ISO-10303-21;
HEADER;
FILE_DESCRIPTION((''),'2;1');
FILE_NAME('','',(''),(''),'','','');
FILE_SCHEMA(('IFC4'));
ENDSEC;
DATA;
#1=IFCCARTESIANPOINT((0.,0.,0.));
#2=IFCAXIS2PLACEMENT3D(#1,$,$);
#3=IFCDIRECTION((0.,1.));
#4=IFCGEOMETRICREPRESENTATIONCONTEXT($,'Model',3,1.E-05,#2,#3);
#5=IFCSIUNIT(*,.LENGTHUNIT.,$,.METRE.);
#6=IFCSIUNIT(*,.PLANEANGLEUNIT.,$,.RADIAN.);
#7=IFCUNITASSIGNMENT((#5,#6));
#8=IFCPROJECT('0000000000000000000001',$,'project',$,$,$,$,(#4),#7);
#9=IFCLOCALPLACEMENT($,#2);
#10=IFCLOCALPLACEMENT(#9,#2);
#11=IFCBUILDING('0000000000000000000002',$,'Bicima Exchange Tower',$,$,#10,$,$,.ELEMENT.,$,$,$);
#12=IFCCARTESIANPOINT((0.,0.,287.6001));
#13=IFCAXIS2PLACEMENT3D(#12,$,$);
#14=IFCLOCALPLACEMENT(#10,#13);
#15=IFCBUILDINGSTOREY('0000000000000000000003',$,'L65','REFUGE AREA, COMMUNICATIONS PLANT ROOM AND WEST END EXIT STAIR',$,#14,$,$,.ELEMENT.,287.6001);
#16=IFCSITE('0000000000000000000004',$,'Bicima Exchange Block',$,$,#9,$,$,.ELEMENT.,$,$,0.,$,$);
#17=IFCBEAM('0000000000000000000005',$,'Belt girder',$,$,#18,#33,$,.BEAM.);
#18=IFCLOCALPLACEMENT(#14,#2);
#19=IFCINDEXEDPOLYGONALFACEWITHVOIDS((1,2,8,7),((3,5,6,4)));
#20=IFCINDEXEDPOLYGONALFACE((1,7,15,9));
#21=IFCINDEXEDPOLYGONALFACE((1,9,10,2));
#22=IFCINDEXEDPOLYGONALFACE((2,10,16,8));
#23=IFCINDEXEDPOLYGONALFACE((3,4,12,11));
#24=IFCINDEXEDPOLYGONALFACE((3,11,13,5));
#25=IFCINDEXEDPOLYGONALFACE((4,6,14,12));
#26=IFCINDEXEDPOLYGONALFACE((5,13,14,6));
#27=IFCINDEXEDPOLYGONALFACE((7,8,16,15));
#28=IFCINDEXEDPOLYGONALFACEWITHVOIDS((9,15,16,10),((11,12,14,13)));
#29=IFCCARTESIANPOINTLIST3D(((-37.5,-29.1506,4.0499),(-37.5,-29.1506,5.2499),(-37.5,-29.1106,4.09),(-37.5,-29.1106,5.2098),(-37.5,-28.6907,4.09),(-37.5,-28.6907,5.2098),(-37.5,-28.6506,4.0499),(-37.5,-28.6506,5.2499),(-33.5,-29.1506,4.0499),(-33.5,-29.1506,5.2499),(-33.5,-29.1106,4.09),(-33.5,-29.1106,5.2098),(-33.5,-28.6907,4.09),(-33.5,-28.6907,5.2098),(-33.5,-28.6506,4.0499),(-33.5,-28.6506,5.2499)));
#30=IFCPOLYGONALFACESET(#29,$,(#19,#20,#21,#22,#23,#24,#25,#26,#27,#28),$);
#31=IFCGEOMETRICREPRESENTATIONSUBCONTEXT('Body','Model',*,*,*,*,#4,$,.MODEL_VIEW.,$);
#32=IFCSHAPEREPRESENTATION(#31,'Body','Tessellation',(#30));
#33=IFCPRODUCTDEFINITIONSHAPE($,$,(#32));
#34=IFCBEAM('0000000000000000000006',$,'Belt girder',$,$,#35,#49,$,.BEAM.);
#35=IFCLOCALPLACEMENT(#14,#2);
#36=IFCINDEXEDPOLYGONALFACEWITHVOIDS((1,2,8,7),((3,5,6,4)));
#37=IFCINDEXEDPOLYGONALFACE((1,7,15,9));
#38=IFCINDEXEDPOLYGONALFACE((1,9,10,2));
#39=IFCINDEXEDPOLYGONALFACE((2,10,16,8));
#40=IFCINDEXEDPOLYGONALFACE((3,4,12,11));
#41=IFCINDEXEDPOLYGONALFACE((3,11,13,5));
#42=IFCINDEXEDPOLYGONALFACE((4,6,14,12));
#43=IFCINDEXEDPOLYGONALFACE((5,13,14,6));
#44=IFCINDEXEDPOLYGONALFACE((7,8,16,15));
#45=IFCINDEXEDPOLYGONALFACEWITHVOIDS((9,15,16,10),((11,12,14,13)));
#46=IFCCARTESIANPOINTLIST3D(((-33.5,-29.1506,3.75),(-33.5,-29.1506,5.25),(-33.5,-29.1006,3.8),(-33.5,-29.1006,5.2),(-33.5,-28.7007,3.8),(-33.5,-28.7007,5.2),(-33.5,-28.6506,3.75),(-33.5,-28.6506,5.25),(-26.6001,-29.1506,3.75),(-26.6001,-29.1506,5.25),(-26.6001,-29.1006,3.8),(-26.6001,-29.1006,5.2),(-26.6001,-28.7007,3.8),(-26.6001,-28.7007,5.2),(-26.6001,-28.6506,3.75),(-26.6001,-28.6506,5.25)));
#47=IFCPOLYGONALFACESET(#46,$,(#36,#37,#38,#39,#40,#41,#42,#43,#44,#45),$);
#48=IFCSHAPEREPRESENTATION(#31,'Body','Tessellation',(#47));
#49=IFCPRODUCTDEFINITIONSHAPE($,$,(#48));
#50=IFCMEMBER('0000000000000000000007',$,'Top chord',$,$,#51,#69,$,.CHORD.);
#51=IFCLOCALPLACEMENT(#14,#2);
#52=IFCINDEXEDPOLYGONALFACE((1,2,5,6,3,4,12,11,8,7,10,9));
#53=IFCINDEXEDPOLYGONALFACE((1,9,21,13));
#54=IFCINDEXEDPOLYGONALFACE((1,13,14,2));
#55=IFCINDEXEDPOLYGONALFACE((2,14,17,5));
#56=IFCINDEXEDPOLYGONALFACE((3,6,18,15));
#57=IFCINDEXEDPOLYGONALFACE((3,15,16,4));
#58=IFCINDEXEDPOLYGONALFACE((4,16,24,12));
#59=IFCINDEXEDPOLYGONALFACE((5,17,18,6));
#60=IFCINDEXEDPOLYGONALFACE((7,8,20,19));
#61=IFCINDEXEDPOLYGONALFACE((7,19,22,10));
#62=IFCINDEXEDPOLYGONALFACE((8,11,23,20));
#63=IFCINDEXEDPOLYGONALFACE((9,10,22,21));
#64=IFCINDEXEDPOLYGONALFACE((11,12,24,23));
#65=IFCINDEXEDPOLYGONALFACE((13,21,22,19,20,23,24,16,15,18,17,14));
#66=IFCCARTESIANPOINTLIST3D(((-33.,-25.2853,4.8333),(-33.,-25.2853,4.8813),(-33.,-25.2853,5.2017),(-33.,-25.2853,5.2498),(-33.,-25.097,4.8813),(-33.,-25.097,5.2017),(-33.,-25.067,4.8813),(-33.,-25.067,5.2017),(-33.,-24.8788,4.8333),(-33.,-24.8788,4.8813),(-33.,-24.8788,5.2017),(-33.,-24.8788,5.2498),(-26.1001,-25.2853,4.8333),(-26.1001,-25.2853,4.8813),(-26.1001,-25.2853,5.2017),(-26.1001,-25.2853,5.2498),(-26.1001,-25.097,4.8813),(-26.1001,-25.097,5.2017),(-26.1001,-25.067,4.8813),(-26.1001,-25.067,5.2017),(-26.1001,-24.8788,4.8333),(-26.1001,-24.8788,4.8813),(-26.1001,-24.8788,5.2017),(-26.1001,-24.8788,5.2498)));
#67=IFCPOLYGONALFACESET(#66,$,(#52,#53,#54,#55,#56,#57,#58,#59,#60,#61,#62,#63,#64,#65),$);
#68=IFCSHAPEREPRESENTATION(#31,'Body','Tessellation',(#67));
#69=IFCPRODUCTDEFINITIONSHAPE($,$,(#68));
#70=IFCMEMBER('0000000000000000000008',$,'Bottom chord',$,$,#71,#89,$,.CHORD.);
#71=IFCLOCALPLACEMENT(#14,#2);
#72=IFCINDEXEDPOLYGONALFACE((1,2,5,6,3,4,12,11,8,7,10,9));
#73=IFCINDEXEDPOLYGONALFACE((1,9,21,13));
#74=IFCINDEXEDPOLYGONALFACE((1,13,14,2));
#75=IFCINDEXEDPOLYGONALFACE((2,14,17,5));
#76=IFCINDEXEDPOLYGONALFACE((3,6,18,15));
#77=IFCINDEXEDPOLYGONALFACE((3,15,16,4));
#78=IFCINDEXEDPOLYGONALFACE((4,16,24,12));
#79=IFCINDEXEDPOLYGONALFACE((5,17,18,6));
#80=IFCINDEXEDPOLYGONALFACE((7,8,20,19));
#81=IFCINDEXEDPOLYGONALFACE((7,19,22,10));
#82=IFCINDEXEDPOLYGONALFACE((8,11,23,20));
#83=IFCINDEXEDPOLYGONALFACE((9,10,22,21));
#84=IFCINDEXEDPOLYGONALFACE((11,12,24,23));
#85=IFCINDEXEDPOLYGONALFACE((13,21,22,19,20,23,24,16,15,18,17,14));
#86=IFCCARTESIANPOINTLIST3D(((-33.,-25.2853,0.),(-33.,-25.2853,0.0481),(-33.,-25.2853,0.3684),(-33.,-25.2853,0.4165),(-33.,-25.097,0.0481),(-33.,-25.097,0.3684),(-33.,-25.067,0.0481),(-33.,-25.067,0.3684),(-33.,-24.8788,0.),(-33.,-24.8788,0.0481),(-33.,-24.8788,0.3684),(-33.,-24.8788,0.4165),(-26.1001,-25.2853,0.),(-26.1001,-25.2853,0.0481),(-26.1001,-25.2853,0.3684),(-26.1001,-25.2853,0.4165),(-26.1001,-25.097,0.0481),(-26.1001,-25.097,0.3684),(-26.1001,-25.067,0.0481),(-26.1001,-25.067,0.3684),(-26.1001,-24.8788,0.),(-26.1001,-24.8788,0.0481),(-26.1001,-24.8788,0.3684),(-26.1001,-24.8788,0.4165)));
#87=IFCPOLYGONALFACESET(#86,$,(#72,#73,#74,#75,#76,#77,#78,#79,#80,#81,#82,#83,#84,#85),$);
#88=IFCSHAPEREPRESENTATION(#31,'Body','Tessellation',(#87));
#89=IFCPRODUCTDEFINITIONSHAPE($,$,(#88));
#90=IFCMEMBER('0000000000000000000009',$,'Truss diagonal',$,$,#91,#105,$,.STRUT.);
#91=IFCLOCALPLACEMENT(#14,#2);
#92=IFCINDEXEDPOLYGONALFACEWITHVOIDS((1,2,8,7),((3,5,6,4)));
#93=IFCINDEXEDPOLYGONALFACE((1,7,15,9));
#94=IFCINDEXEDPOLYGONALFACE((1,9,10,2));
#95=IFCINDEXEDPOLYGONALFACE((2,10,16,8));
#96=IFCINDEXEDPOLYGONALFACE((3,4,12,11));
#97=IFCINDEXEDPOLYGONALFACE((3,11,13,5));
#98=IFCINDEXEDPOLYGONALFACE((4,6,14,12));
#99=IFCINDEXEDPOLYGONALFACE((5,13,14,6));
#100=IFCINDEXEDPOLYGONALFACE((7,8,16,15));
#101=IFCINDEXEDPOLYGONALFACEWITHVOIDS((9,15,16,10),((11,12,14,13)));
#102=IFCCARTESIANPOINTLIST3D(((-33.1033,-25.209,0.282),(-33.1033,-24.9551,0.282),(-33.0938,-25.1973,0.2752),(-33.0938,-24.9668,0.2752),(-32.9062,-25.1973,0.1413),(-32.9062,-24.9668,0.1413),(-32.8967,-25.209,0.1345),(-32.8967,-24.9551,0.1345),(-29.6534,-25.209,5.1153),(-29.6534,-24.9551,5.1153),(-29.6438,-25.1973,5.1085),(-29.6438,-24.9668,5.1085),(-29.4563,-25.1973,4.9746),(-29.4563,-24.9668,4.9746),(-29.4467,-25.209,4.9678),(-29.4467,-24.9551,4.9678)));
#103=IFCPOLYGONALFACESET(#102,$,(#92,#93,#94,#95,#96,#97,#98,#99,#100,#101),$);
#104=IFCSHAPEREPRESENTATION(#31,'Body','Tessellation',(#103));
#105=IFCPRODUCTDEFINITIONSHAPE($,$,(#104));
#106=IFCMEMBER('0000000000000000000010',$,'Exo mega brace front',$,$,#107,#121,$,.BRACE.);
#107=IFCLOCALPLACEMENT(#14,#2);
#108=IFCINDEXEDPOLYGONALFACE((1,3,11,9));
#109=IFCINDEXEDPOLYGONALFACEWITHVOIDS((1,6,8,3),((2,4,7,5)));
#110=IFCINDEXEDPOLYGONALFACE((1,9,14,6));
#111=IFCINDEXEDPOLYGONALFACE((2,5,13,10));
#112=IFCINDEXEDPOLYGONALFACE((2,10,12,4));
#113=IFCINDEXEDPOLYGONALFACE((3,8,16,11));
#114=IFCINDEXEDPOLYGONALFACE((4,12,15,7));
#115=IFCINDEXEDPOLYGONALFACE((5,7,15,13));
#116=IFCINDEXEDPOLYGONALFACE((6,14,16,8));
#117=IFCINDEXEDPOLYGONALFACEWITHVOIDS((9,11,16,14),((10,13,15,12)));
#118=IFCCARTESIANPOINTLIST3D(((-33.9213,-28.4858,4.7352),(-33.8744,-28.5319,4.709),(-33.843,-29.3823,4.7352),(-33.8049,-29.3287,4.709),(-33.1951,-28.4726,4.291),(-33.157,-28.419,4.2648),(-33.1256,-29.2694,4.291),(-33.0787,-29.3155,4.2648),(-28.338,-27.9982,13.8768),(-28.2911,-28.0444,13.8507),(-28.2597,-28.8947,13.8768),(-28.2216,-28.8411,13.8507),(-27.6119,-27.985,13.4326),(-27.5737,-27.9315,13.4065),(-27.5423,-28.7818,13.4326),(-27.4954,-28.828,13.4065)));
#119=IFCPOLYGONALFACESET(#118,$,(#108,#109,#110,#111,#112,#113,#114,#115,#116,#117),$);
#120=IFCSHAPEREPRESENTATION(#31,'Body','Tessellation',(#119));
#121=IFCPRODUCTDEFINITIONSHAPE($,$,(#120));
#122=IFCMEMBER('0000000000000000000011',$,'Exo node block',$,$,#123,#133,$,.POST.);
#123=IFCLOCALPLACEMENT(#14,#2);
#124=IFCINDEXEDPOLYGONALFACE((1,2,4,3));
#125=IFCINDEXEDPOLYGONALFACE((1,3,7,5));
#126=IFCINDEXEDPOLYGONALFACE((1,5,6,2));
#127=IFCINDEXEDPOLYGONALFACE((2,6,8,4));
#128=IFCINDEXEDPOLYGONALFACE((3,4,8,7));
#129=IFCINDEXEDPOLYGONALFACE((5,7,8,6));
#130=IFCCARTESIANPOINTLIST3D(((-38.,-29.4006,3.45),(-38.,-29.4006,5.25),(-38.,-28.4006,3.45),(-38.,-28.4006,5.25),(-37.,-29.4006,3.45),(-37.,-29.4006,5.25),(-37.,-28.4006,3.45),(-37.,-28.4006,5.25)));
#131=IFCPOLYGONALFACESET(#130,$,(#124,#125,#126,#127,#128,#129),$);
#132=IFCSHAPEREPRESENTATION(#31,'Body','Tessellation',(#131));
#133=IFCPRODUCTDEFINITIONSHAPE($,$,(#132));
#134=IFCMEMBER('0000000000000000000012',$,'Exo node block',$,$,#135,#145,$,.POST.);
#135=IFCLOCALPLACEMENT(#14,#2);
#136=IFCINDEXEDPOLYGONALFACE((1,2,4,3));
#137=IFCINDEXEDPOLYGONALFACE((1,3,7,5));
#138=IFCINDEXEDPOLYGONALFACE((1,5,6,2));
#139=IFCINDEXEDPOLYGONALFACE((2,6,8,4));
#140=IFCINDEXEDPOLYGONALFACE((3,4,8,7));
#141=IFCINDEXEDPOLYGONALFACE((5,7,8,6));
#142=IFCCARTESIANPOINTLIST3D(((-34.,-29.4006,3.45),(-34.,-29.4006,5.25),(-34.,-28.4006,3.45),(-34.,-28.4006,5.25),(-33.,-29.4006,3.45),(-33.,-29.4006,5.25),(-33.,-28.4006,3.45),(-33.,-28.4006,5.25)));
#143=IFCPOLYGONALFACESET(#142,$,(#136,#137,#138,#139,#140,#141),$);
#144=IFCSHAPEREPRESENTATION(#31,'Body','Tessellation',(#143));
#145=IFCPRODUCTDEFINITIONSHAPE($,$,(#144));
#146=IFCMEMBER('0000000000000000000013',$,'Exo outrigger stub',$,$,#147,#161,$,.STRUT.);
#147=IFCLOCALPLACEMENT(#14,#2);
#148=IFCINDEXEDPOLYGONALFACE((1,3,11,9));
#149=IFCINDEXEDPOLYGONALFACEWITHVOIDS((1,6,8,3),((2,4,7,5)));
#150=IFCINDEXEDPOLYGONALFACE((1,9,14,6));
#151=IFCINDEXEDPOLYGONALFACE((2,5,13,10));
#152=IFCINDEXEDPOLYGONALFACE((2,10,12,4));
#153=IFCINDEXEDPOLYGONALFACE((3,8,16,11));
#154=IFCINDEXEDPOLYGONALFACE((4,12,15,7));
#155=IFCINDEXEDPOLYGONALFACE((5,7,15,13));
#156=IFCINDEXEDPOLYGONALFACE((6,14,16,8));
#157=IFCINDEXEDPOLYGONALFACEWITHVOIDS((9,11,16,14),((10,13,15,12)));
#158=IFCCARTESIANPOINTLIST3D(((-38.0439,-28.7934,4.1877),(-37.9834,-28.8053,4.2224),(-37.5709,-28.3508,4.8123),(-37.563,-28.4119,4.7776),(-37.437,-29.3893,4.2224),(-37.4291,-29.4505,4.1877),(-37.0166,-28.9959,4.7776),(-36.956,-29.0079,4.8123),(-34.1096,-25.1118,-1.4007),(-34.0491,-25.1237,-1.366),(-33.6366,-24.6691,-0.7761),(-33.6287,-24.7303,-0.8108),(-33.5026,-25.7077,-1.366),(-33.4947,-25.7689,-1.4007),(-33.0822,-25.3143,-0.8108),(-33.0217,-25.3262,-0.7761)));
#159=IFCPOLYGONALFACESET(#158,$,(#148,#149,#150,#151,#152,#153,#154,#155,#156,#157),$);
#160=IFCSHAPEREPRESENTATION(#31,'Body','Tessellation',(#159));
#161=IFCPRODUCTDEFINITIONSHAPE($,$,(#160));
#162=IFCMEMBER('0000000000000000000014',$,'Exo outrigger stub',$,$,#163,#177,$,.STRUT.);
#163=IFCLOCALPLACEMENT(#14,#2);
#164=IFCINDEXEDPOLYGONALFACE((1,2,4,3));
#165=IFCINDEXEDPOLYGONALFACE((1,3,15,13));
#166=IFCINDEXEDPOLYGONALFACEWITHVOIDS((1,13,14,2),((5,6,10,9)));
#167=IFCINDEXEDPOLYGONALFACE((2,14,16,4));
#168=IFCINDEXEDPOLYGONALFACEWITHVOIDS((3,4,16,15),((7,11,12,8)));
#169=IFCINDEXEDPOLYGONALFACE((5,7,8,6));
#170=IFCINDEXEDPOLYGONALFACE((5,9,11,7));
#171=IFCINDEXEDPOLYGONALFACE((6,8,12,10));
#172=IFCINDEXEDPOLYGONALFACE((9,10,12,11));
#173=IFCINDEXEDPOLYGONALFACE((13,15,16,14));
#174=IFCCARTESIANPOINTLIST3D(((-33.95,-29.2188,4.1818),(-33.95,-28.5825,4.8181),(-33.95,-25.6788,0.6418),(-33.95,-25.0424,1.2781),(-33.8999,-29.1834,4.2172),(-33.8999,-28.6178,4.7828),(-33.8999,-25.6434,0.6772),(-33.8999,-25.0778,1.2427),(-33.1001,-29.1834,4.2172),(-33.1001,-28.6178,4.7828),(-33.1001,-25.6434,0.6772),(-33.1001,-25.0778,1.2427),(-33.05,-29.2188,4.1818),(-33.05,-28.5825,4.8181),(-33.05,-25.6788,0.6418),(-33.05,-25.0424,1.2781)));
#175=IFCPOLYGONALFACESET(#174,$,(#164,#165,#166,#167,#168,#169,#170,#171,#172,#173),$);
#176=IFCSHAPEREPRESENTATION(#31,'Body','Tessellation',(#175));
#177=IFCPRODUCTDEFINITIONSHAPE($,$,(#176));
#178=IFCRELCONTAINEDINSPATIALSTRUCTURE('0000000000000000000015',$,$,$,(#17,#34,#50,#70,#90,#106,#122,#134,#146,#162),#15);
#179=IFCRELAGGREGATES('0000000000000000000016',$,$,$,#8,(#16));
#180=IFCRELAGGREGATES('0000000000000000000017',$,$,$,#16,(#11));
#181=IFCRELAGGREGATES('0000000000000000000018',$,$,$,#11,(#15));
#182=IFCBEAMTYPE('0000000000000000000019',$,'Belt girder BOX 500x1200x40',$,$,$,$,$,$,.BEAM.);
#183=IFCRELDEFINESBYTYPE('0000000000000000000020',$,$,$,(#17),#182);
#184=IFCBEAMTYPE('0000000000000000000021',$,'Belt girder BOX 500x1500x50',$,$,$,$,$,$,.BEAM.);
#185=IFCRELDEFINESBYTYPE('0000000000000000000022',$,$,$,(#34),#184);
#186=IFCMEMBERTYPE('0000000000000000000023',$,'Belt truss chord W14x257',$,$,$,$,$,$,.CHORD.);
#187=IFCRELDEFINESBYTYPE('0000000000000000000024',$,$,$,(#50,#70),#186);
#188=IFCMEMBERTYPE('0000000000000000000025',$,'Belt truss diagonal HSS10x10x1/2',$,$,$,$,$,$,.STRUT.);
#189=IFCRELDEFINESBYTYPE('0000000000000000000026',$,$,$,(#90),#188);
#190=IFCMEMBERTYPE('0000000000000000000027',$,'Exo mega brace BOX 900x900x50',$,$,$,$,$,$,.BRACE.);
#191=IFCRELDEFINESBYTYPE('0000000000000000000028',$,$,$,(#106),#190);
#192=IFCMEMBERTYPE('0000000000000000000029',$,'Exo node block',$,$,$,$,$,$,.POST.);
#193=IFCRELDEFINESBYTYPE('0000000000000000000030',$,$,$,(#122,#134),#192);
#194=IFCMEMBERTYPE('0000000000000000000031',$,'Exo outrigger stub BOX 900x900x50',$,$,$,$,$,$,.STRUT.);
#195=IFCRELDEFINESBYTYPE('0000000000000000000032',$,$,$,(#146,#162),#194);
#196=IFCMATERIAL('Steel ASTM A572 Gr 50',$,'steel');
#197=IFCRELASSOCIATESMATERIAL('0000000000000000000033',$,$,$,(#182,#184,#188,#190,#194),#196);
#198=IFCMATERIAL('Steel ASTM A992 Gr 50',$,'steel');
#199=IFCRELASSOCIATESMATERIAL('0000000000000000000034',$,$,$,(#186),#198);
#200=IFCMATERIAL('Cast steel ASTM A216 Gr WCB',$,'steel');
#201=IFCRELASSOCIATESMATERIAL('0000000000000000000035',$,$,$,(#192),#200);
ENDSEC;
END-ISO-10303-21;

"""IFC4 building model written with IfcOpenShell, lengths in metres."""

from ifc_helpers import new_model, si_unit, direction, frame, origin, origin_2d, place, context, subcontext, project, spatial, rectangle, hollow_rectangle, i_section, extrude, material, material_profile, profile_set, type_object, element, save


model = new_model("IFC4")

# Units and contexts
model_context = context("Model", 3, precision=1e-05, world=origin(), true_north=direction((0.0, 1.0)))
body_context = subcontext(model_context, "Body", "Model", "MODEL_VIEW")
ifc_project = project(units=[si_unit("LENGTHUNIT", "METRE"), si_unit("PLANEANGLEUNIT", "RADIAN")], contexts=[model_context])

# Site, building, storey
site_placement = place(None, origin())
site = spatial("IfcSite", under=ifc_project, at=site_placement, Name="Bicima Exchange Block", CompositionType="ELEMENT", RefElevation=0.0)
building_placement = place(site_placement, origin())
building = spatial("IfcBuilding", under=site, at=building_placement, Name="Bicima Exchange Tower", CompositionType="ELEMENT")
storey_placement = place(building_placement, frame((0.0, 0.0, 287.6001)))
storey = spatial("IfcBuildingStorey", under=building, at=storey_placement, Name="L65", Description="REFUGE AREA, COMMUNICATIONS PLANT ROOM AND WEST END EXIT STAIR", CompositionType="ELEMENT", Elevation=287.6001)

# Beams
ifc_material_1 = material(Name="Steel ASTM A572 Gr 50", Category="steel")
ifc_material_profile_1 = material_profile(ifc_material_1, hollow_rectangle(XDim=0.5, YDim=1.2, WallThickness=0.04, at=origin_2d()))
ifc_profile_set_1 = profile_set([ifc_material_profile_1], Name="Steel ASTM A572 Gr 50")
beam_type_1 = type_object("IfcBeamType", Name="Belt girder BOX 500x1200x40", PredefinedType="BEAM", material=ifc_profile_set_1)
beam_1_placement = place(storey_placement, frame((-37.5, -28.9006, 4.6499), z_axis=(1.0, 0.0, 0.0), x_axis=(0.0, 1.0, 0.0)))
element("IfcBeam", 1, at=beam_1_placement, inside=storey, type_object=beam_type_1, Name="Belt girder", PredefinedType="BEAM", context=body_context, shape_type="SweptSolid", body=[
    extrude(hollow_rectangle(XDim=0.5, YDim=1.2, WallThickness=0.04, at=origin_2d()), origin(), (0.0, 0.0, 1.0), 4.0),
])
ifc_material_profile_2 = material_profile(ifc_material_1, hollow_rectangle(XDim=0.5, YDim=1.5, WallThickness=0.05, at=origin_2d()))
ifc_profile_set_2 = profile_set([ifc_material_profile_2], Name="Steel ASTM A572 Gr 50")
beam_type_2 = type_object("IfcBeamType", Name="Belt girder BOX 500x1500x50", PredefinedType="BEAM", material=ifc_profile_set_2)
beam_2_placement = place(storey_placement, frame((-33.5, -28.9006, 4.5), z_axis=(1.0, 0.0, 0.0), x_axis=(0.0, 1.0, 0.0)))
element("IfcBeam", 2, at=beam_2_placement, inside=storey, type_object=beam_type_2, Name="Belt girder", PredefinedType="BEAM", context=body_context, shape_type="SweptSolid", body=[
    extrude(hollow_rectangle(XDim=0.5, YDim=1.5, WallThickness=0.05, at=origin_2d()), origin(), (0.0, 0.0, 1.0), 6.8999),
])

# Members
ifc_material_2 = material(Name="Steel ASTM A992 Gr 50", Category="steel")
ifc_material_profile_3 = material_profile(ifc_material_2, i_section(OverallWidth=0.4065, OverallDepth=0.4165, WebThickness=0.03, FlangeThickness=0.0481, at=origin_2d()))
ifc_profile_set_3 = profile_set([ifc_material_profile_3], Name="Steel ASTM A992 Gr 50")
member_type_1 = type_object("IfcMemberType", Name="Belt truss chord W14x257", PredefinedType="CHORD", material=ifc_profile_set_3)
for number, where, z_axis, x_axis, name in (
    (3, (-33.0, -25.082, 5.0415), (1.0, 0.0, 0.0), (0.0, 1.0, 0.0), "Top chord"),
    (4, (-33.0, -25.082, 0.2083), (1.0, 0.0, 0.0), (0.0, 1.0, 0.0), "Bottom chord"),
):
    element("IfcMember", number, at=place(storey_placement, frame(where, z_axis=z_axis, x_axis=x_axis)), inside=storey, type_object=member_type_1, Name=name, PredefinedType="CHORD", context=body_context, shape_type="SweptSolid", body=[
        extrude(i_section(OverallWidth=0.4065, OverallDepth=0.4165, WebThickness=0.03, FlangeThickness=0.0481, at=origin_2d()), origin(), (0.0, 0.0, 1.0), 6.8999),
    ])
ifc_material_profile_4 = material_profile(ifc_material_1, hollow_rectangle(XDim=0.2539, YDim=0.2539, WallThickness=0.0117, at=origin_2d()))
ifc_profile_set_4 = profile_set([ifc_material_profile_4], Name="Steel ASTM A572 Gr 50")
member_type_2 = type_object("IfcMemberType", Name="Belt truss diagonal HSS10x10x1/2", PredefinedType="STRUT", material=ifc_profile_set_4)
member_1_placement = place(storey_placement, frame((-33.0, -25.082, 0.2083), z_axis=(0.580974, 0.0, 0.813922), x_axis=(0.0, 1.0, 0.0)))
element("IfcMember", 5, at=member_1_placement, inside=storey, type_object=member_type_2, Name="Truss diagonal", PredefinedType="STRUT", context=body_context, shape_type="SweptSolid", body=[
    extrude(hollow_rectangle(XDim=0.2539, YDim=0.2539, WallThickness=0.0117, at=origin_2d()), origin(), (0.0, 0.0, 1.0), 5.9382),
])
ifc_material_profile_5 = material_profile(ifc_material_1, hollow_rectangle(XDim=0.8999, YDim=0.8999, WallThickness=0.05, at=origin_2d()))
ifc_profile_set_5 = profile_set([ifc_material_profile_5], Name="Steel ASTM A572 Gr 50")
member_type_3 = type_object("IfcMemberType", Name="Exo mega brace BOX 900x900x50", PredefinedType="BRACE", material=ifc_profile_set_5)
member_2_placement = place(storey_placement, frame((-33.5, -28.9006, 4.5), z_axis=(0.520688, 0.045468, 0.852536), x_axis=(-0.086992, 0.996209, 0.0)))
element("IfcMember", 6, at=member_2_placement, inside=storey, type_object=member_type_3, Name="Exo mega brace front", PredefinedType="BRACE", context=body_context, shape_type="SweptSolid", body=[
    extrude(hollow_rectangle(XDim=0.8999, YDim=0.8999, WallThickness=0.05, at=origin_2d()), origin(), (0.0, 0.0, 1.0), 10.7229),
])
ifc_material_3 = material(Name="Cast steel ASTM A216 Gr WCB", Category="steel")
ifc_material_profile_6 = material_profile(ifc_material_3, rectangle(XDim=1.0, YDim=1.0, at=origin_2d()))
ifc_profile_set_6 = profile_set([ifc_material_profile_6], Name="Cast steel ASTM A216 Gr WCB")
member_type_4 = type_object("IfcMemberType", Name="Exo node block", PredefinedType="POST", material=ifc_profile_set_6)
for number, where, z_axis, x_axis, name in (
    (7, (-37.5, -28.9006, 3.45), (0.0, 0.0, 1.0), (1.0, 0.0, 0.0), "Exo node block"),
    (8, (-33.5, -28.9006, 3.45), (0.0, 0.0, 1.0), (1.0, 0.0, 0.0), "Exo node block"),
):
    element("IfcMember", number, at=place(storey_placement, frame(where, z_axis=z_axis, x_axis=x_axis)), inside=storey, type_object=member_type_4, Name=name, PredefinedType="POST", context=body_context, shape_type="SweptSolid", body=[
        extrude(rectangle(XDim=1.0, YDim=1.0, at=origin_2d()), origin(), (0.0, 0.0, 1.0), 1.8),
    ])
member_type_5 = type_object("IfcMemberType", Name="Exo outrigger stub BOX 900x900x50", PredefinedType="STRUT", material=ifc_profile_set_5)
member_3_placement = place(storey_placement, frame((-33.5657, -25.219, -1.0884), z_axis=(-0.506808, -0.474258, 0.719878), x_axis=(0.68327, -0.730166, 0.0)))
element("IfcMember", 9, at=member_3_placement, inside=storey, type_object=member_type_5, Name="Exo outrigger stub", PredefinedType="STRUT", context=body_context, shape_type="SweptSolid", body=[
    extrude(hollow_rectangle(XDim=0.8999, YDim=0.8999, WallThickness=0.05, at=origin_2d()), origin(), (0.0, 0.0, 1.0), 7.7629),
])
member_4_placement = place(storey_placement, frame((-33.5, -25.3606, 0.96), z_axis=(0.0, -0.707107, 0.707107), x_axis=(1.0, 0.0, 0.0)))
element("IfcMember", 10, at=member_4_placement, inside=storey, type_object=member_type_5, Name="Exo outrigger stub", PredefinedType="STRUT", context=body_context, shape_type="SweptSolid", body=[
    extrude(hollow_rectangle(XDim=0.8999, YDim=0.8999, WallThickness=0.05, at=origin_2d()), origin(), (0.0, 0.0, 1.0), 5.0063),
])

save(model, "model.ifc")
